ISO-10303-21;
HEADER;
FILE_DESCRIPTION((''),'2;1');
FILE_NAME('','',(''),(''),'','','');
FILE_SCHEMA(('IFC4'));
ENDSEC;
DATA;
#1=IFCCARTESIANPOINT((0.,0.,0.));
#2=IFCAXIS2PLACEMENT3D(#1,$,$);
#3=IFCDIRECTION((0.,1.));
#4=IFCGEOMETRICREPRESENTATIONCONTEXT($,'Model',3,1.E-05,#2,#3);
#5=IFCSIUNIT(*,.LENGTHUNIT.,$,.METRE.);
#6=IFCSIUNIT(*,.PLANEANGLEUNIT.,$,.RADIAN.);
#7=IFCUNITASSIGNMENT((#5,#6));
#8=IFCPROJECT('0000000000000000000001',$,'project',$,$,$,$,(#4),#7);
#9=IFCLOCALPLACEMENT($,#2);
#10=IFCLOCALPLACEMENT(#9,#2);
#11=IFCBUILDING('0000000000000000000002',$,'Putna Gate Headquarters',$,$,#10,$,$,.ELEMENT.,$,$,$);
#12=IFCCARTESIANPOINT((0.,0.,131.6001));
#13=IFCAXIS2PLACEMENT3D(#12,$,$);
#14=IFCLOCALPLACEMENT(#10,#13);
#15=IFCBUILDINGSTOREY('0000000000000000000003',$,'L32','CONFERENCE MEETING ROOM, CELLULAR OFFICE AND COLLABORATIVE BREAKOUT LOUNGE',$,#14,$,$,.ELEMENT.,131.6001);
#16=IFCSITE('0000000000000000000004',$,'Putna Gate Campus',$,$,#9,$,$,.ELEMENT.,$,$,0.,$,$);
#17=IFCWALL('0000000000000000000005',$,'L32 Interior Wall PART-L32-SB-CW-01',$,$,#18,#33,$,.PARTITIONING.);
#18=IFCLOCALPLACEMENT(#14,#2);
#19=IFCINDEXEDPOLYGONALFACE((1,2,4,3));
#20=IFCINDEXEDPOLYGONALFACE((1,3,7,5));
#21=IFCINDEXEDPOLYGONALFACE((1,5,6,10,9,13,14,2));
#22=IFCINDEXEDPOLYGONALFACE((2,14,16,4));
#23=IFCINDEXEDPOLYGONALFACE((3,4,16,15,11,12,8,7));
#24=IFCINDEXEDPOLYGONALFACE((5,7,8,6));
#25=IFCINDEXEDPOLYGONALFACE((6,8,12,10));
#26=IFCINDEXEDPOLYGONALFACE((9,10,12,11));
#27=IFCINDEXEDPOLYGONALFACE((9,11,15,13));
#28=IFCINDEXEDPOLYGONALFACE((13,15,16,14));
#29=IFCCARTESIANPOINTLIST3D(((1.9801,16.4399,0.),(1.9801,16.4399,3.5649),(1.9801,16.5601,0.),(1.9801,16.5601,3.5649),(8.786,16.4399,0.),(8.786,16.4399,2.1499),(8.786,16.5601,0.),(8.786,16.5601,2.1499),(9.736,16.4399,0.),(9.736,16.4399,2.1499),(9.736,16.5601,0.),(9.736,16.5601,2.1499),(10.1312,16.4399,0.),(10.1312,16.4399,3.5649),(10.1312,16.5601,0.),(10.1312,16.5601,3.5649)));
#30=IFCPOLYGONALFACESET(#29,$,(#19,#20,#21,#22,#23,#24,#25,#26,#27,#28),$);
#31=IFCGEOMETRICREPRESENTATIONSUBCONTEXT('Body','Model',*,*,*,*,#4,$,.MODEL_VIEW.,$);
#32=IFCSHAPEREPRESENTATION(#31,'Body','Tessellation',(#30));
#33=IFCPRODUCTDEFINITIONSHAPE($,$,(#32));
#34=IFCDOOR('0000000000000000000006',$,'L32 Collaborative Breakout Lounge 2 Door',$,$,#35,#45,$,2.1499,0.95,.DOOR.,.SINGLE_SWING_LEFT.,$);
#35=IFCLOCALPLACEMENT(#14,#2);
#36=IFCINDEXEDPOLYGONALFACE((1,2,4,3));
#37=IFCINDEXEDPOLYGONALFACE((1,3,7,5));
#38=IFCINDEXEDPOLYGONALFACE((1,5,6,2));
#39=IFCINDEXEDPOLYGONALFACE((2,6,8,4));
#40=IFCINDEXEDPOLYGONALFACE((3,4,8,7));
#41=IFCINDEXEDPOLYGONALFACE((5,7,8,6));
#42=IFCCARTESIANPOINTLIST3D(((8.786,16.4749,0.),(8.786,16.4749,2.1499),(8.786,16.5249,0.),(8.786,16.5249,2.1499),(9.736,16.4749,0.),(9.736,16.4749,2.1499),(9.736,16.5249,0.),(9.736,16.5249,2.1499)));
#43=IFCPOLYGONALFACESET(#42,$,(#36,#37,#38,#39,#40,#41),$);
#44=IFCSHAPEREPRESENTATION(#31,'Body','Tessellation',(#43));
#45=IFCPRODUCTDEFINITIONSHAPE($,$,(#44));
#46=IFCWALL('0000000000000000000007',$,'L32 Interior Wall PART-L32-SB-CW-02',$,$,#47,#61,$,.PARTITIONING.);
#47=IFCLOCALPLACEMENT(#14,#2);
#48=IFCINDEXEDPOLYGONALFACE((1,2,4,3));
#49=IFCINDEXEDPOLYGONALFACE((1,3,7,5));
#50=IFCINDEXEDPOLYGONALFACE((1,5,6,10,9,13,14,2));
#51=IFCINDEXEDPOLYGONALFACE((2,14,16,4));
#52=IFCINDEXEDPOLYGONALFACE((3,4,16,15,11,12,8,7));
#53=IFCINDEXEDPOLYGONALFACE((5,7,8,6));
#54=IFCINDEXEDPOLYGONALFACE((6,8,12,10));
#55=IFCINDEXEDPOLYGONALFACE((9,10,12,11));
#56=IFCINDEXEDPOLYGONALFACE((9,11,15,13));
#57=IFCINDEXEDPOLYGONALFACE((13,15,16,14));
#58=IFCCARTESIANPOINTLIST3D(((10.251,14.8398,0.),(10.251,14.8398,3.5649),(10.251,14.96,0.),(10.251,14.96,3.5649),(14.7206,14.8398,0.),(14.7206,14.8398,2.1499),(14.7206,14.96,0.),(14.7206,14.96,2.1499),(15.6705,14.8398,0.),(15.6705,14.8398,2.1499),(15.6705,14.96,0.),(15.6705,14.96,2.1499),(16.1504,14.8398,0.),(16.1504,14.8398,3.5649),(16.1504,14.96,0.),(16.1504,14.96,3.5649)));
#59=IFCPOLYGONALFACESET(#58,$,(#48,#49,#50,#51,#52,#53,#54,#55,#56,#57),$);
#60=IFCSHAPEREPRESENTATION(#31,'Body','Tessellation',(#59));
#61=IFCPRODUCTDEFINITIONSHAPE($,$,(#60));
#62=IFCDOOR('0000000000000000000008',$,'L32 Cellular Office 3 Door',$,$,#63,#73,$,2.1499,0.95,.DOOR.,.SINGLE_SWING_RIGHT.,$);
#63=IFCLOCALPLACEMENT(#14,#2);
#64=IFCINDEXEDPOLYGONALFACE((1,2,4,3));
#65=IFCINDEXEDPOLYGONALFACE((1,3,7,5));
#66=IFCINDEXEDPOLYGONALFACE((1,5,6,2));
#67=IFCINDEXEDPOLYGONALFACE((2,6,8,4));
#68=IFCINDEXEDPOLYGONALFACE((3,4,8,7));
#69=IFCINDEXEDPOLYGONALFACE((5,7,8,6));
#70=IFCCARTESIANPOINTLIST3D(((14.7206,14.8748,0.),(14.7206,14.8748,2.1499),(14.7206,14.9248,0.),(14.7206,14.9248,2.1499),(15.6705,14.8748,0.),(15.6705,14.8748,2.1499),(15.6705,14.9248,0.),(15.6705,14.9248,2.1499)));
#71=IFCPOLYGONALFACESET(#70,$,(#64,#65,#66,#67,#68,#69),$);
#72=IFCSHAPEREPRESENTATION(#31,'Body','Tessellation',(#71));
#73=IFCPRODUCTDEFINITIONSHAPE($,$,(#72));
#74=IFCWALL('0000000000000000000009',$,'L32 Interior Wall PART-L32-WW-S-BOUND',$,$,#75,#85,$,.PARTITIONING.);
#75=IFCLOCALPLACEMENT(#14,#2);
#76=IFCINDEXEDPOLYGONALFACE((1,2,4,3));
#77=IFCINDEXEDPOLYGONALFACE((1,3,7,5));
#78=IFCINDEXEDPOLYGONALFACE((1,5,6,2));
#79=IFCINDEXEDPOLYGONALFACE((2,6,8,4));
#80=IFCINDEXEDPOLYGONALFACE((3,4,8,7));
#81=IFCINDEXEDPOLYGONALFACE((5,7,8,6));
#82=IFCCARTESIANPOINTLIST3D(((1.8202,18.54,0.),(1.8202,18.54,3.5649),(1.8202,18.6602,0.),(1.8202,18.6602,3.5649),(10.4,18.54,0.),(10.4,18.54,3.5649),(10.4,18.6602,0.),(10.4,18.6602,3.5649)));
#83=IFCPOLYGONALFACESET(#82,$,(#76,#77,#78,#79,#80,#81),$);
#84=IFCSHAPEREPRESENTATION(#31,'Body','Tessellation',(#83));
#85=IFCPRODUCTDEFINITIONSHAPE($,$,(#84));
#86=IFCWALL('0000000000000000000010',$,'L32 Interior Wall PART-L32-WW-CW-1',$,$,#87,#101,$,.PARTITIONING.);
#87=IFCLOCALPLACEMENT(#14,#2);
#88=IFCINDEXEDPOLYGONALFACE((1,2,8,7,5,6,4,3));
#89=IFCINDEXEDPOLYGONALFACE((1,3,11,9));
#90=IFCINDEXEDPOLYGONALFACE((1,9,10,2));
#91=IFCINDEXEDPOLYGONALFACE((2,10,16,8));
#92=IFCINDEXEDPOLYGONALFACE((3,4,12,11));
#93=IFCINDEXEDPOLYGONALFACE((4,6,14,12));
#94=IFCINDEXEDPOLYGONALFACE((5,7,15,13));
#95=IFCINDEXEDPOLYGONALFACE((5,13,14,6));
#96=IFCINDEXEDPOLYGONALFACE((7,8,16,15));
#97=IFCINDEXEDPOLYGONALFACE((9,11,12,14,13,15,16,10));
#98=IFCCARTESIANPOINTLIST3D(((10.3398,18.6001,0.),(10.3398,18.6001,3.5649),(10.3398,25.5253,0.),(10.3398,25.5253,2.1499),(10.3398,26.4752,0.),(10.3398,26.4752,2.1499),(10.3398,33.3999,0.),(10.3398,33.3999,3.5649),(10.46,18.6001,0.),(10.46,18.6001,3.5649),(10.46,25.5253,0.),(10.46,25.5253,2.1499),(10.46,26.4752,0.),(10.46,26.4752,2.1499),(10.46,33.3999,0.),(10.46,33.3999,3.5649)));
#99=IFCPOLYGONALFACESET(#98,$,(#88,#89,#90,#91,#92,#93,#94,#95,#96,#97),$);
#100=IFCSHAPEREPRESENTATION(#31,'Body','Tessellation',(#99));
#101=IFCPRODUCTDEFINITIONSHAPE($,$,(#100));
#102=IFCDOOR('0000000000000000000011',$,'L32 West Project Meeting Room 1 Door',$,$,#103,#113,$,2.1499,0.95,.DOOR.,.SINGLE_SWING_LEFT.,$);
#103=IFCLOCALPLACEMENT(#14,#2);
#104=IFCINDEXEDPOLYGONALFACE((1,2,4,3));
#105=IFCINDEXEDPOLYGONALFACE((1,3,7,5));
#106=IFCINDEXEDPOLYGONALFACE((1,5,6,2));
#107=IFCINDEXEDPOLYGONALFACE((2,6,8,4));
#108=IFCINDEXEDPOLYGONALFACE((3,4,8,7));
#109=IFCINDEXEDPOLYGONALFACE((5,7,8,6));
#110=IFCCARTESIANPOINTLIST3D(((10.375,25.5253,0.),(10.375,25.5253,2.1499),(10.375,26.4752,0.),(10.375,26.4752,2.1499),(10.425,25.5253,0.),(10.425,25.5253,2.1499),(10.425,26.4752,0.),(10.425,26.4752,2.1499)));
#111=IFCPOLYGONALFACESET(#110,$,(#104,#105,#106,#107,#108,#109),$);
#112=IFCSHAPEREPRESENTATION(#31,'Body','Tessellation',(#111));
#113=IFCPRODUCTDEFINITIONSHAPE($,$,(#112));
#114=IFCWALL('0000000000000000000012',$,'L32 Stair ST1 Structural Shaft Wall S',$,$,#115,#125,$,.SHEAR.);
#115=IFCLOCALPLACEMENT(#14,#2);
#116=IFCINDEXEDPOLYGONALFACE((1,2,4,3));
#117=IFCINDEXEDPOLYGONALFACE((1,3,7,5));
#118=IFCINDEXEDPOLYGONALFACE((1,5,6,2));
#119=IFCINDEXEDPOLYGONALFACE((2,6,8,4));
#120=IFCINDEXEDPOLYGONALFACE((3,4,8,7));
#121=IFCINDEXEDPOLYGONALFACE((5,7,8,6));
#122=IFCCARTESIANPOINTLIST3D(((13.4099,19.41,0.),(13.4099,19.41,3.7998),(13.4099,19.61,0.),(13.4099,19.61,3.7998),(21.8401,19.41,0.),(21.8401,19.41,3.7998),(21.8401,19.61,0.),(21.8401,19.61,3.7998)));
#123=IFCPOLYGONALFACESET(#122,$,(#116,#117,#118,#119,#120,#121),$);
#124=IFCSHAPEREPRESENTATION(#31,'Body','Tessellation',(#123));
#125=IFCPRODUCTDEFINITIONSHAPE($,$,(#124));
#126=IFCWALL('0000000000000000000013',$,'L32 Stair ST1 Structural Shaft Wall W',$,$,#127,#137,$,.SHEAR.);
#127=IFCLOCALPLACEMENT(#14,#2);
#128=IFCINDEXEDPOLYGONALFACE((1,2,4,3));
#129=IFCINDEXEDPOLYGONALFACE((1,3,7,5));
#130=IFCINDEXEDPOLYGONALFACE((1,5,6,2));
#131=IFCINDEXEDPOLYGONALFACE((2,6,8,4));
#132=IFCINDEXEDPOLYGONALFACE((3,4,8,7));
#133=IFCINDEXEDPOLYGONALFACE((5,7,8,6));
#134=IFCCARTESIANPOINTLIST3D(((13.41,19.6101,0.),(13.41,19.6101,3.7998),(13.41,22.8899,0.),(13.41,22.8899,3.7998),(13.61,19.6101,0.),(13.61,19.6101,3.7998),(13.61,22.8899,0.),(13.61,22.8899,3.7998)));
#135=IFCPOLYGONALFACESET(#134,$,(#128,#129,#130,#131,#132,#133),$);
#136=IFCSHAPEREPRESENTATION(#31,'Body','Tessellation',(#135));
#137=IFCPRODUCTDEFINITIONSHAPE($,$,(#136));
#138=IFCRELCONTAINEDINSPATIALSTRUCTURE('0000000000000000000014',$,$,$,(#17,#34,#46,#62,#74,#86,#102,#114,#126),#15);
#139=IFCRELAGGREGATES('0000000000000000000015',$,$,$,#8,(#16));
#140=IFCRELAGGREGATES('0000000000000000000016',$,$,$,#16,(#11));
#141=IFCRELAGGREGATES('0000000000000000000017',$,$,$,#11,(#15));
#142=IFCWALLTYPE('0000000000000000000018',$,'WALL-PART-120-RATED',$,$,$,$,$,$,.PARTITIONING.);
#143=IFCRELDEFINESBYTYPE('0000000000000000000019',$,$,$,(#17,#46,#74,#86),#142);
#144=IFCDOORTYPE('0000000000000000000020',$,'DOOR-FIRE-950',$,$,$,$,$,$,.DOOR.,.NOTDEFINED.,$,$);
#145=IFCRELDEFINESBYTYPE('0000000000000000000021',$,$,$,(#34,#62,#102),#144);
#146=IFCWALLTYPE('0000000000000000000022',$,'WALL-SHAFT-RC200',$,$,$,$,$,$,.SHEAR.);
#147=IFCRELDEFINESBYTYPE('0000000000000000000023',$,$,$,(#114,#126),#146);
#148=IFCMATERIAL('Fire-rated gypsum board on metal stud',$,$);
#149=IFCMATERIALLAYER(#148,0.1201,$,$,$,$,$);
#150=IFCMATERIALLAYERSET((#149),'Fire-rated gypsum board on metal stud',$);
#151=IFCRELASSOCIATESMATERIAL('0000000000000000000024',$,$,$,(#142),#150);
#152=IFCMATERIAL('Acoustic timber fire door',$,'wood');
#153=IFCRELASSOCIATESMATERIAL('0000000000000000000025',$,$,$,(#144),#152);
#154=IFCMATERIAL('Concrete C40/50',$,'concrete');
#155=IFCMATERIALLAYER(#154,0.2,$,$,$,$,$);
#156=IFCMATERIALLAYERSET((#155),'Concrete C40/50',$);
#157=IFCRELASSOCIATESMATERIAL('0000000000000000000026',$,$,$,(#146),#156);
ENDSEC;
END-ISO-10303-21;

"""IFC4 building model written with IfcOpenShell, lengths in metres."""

from ifc_helpers import new_model, si_unit, direction, frame, frame_2d, origin, place, context, subcontext, project, spatial, rectangle, extrude, material, layer, layer_set, type_object, element, fill, save


model = new_model("IFC4")

# Units and contexts
model_context = context("Model", 3, precision=1e-05, world=origin(), true_north=direction((0.0, 1.0)))
body_context = subcontext(model_context, "Body", "Model", "MODEL_VIEW")
ifc_project = project(units=[si_unit("LENGTHUNIT", "METRE"), si_unit("PLANEANGLEUNIT", "RADIAN")], contexts=[model_context])

# Site, building, storey
site_placement = place(None, origin())
site = spatial("IfcSite", under=ifc_project, at=site_placement, Name="Putna Gate Campus", CompositionType="ELEMENT", RefElevation=0.0)
building_placement = place(site_placement, origin())
building = spatial("IfcBuilding", under=site, at=building_placement, Name="Putna Gate Headquarters", CompositionType="ELEMENT")
storey_placement = place(building_placement, frame((0.0, 0.0, 131.6001)))
storey = spatial("IfcBuildingStorey", under=building, at=storey_placement, Name="L32", Description="CONFERENCE MEETING ROOM, CELLULAR OFFICE AND COLLABORATIVE BREAKOUT LOUNGE", CompositionType="ELEMENT", Elevation=131.6001)

# Shared definitions
ifc_material_1 = material(Name="Fire-rated gypsum board on metal stud")
ifc_layer_1 = layer(ifc_material_1, 0.1201)
ifc_layer_set_1 = layer_set([ifc_layer_1], Name="Fire-rated gypsum board on metal stud")
wall_type_1 = type_object("IfcWallType", Name="WALL-PART-120-RATED", PredefinedType="PARTITIONING", material=ifc_layer_set_1)

# Walls, openings, doors
wall_1_placement = place(storey_placement, frame((1.98, 16.5, 0.0), z_axis=(0.0, 0.0, 1.0), x_axis=(1.0, 0.0, 0.0)))
wall_1 = element("IfcWall", 1, at=wall_1_placement, inside=storey, type_object=wall_type_1, Name="L32 Interior Wall PART-L32-SB-CW-01", PredefinedType="PARTITIONING", context=body_context, shape_type="SweptSolid", body=[
    extrude(rectangle(XDim=8.1511, YDim=0.1201, at=frame_2d((4.0757, 0.0))), origin(), (0.0, 0.0, 1.0), 3.5649),
])
opening_1_placement = place(wall_1_placement, frame((6.8059, 0.0, 0.0)))
opening_1 = element("IfcOpeningElement", 2, at=opening_1_placement, cuts=wall_1, PredefinedType="OPENING", context=body_context, shape_type="SweptSolid", body=[
    extrude(rectangle(XDim=0.95, YDim=2.1499, at=frame_2d((0.4751, 1.075))), frame((0.0, 0.0701, 0.0), z_axis=(0.0, -1.0, 0.0), x_axis=(1.0, 0.0, 0.0)), (0.0, 0.0, 1.0), 0.1401),
])
ifc_material_2 = material(Name="Acoustic timber fire door", Category="wood")
door_type_1 = type_object("IfcDoorType", Name="DOOR-FIRE-950", OperationType="NOTDEFINED", PredefinedType="DOOR", material=ifc_material_2)
door_1_placement = place(opening_1_placement, origin())
door_1 = element("IfcDoor", 3, at=door_1_placement, inside=storey, type_object=door_type_1, Name="L32 Collaborative Breakout Lounge 2 Door", OperationType="SINGLE_SWING_LEFT", OverallHeight=2.1499, OverallWidth=0.95, PredefinedType="DOOR", context=body_context, shape_type="SweptSolid", body=[
    extrude(rectangle(XDim=0.95, YDim=2.1499, at=frame_2d((0.4751, 1.075))), frame((0.0, 0.0249, 0.0), z_axis=(0.0, -1.0, 0.0), x_axis=(1.0, 0.0, 0.0)), (0.0, 0.0, 1.0), 0.05),
])
fill(opening_1, door_1)
wall_2_placement = place(storey_placement, frame((10.251, 14.8999, 0.0), z_axis=(0.0, 0.0, 1.0), x_axis=(1.0, 0.0, 0.0)))
wall_2 = element("IfcWall", 4, at=wall_2_placement, inside=storey, type_object=wall_type_1, Name="L32 Interior Wall PART-L32-SB-CW-02", PredefinedType="PARTITIONING", context=body_context, shape_type="SweptSolid", body=[
    extrude(rectangle(XDim=5.8994, YDim=0.1201, at=frame_2d((2.9497, 0.0))), origin(), (0.0, 0.0, 1.0), 3.5649),
])
opening_2_placement = place(wall_2_placement, frame((4.4695, 0.0, 0.0)))
opening_2 = element("IfcOpeningElement", 5, at=opening_2_placement, cuts=wall_2, PredefinedType="OPENING", context=body_context, shape_type="SweptSolid", body=[
    extrude(rectangle(XDim=0.95, YDim=2.1499, at=frame_2d((0.4751, 1.075))), frame((0.0, 0.0701, 0.0), z_axis=(0.0, -1.0, 0.0), x_axis=(1.0, 0.0, 0.0)), (0.0, 0.0, 1.0), 0.1401),
])
door_2_placement = place(opening_2_placement, origin())
door_2 = element("IfcDoor", 6, at=door_2_placement, inside=storey, type_object=door_type_1, Name="L32 Cellular Office 3 Door", OperationType="SINGLE_SWING_RIGHT", OverallHeight=2.1499, OverallWidth=0.95, PredefinedType="DOOR", context=body_context, shape_type="SweptSolid", body=[
    extrude(rectangle(XDim=0.95, YDim=2.1499, at=frame_2d((0.4751, 1.075))), frame((0.0, 0.0249, 0.0), z_axis=(0.0, -1.0, 0.0), x_axis=(1.0, 0.0, 0.0)), (0.0, 0.0, 1.0), 0.05),
])
fill(opening_2, door_2)

# Wall
wall_3_placement = place(storey_placement, frame((1.8201, 18.6001, 0.0), z_axis=(0.0, 0.0, 1.0), x_axis=(1.0, 0.0, 0.0)))
element("IfcWall", 7, at=wall_3_placement, inside=storey, type_object=wall_type_1, Name="L32 Interior Wall PART-L32-WW-S-BOUND", PredefinedType="PARTITIONING", context=body_context, shape_type="SweptSolid", body=[
    extrude(rectangle(XDim=8.5798, YDim=0.1201, at=frame_2d((4.29, 0.0))), origin(), (0.0, 0.0, 1.0), 3.5649),
])

# Wall, opening, door
wall_4_placement = place(storey_placement, frame((10.3999, 18.6001, 0.0), z_axis=(0.0, 0.0, 1.0), x_axis=(0.0, 1.0, 0.0)))
wall_4 = element("IfcWall", 8, at=wall_4_placement, inside=storey, type_object=wall_type_1, Name="L32 Interior Wall PART-L32-WW-CW-1", PredefinedType="PARTITIONING", context=body_context, shape_type="SweptSolid", body=[
    extrude(rectangle(XDim=14.7998, YDim=0.1201, at=frame_2d((7.3999, 0.0))), origin(), (0.0, 0.0, 1.0), 3.5649),
])
opening_3_placement = place(wall_4_placement, frame((6.925, 0.0, 0.0)))
opening_3 = element("IfcOpeningElement", 9, at=opening_3_placement, cuts=wall_4, PredefinedType="OPENING", context=body_context, shape_type="SweptSolid", body=[
    extrude(rectangle(XDim=0.95, YDim=2.1499, at=frame_2d((0.4751, 1.075))), frame((0.0, 0.0701, 0.0), z_axis=(0.0, -1.0, 0.0), x_axis=(1.0, 0.0, 0.0)), (0.0, 0.0, 1.0), 0.1401),
])
door_3_placement = place(opening_3_placement, origin())
door_3 = element("IfcDoor", 10, at=door_3_placement, inside=storey, type_object=door_type_1, Name="L32 West Project Meeting Room 1 Door", OperationType="SINGLE_SWING_LEFT", OverallHeight=2.1499, OverallWidth=0.95, PredefinedType="DOOR", context=body_context, shape_type="SweptSolid", body=[
    extrude(rectangle(XDim=0.95, YDim=2.1499, at=frame_2d((0.4751, 1.075))), frame((0.0, 0.0249, 0.0), z_axis=(0.0, -1.0, 0.0), x_axis=(1.0, 0.0, 0.0)), (0.0, 0.0, 1.0), 0.05),
])
fill(opening_3, door_3)

# Walls
ifc_material_3 = material(Name="Concrete C40/50", Category="concrete")
ifc_layer_2 = layer(ifc_material_3, 0.2)
ifc_layer_set_2 = layer_set([ifc_layer_2], Name="Concrete C40/50")
wall_type_2 = type_object("IfcWallType", Name="WALL-SHAFT-RC200", PredefinedType="SHEAR", material=ifc_layer_set_2)
wall_5_placement = place(storey_placement, frame((13.4099, 19.51, 0.0), z_axis=(0.0, 0.0, 1.0), x_axis=(1.0, 0.0, 0.0)))
element("IfcWall", 11, at=wall_5_placement, inside=storey, type_object=wall_type_2, Name="L32 Stair ST1 Structural Shaft Wall S", PredefinedType="SHEAR", context=body_context, shape_type="SweptSolid", body=[
    extrude(rectangle(XDim=8.4302, YDim=0.2, at=frame_2d((4.2151, 0.0))), origin(), (0.0, 0.0, 1.0), 3.7998),
])
wall_6_placement = place(storey_placement, frame((13.51, 19.6101, 0.0), z_axis=(0.0, 0.0, 1.0), x_axis=(0.0, 1.0, 0.0)))
element("IfcWall", 12, at=wall_6_placement, inside=storey, type_object=wall_type_2, Name="L32 Stair ST1 Structural Shaft Wall W", PredefinedType="SHEAR", context=body_context, shape_type="SweptSolid", body=[
    extrude(rectangle(XDim=3.2798, YDim=0.2, at=frame_2d((1.6399, 0.0))), origin(), (0.0, 0.0, 1.0), 3.7998),
])

save(model, "model.ifc")
